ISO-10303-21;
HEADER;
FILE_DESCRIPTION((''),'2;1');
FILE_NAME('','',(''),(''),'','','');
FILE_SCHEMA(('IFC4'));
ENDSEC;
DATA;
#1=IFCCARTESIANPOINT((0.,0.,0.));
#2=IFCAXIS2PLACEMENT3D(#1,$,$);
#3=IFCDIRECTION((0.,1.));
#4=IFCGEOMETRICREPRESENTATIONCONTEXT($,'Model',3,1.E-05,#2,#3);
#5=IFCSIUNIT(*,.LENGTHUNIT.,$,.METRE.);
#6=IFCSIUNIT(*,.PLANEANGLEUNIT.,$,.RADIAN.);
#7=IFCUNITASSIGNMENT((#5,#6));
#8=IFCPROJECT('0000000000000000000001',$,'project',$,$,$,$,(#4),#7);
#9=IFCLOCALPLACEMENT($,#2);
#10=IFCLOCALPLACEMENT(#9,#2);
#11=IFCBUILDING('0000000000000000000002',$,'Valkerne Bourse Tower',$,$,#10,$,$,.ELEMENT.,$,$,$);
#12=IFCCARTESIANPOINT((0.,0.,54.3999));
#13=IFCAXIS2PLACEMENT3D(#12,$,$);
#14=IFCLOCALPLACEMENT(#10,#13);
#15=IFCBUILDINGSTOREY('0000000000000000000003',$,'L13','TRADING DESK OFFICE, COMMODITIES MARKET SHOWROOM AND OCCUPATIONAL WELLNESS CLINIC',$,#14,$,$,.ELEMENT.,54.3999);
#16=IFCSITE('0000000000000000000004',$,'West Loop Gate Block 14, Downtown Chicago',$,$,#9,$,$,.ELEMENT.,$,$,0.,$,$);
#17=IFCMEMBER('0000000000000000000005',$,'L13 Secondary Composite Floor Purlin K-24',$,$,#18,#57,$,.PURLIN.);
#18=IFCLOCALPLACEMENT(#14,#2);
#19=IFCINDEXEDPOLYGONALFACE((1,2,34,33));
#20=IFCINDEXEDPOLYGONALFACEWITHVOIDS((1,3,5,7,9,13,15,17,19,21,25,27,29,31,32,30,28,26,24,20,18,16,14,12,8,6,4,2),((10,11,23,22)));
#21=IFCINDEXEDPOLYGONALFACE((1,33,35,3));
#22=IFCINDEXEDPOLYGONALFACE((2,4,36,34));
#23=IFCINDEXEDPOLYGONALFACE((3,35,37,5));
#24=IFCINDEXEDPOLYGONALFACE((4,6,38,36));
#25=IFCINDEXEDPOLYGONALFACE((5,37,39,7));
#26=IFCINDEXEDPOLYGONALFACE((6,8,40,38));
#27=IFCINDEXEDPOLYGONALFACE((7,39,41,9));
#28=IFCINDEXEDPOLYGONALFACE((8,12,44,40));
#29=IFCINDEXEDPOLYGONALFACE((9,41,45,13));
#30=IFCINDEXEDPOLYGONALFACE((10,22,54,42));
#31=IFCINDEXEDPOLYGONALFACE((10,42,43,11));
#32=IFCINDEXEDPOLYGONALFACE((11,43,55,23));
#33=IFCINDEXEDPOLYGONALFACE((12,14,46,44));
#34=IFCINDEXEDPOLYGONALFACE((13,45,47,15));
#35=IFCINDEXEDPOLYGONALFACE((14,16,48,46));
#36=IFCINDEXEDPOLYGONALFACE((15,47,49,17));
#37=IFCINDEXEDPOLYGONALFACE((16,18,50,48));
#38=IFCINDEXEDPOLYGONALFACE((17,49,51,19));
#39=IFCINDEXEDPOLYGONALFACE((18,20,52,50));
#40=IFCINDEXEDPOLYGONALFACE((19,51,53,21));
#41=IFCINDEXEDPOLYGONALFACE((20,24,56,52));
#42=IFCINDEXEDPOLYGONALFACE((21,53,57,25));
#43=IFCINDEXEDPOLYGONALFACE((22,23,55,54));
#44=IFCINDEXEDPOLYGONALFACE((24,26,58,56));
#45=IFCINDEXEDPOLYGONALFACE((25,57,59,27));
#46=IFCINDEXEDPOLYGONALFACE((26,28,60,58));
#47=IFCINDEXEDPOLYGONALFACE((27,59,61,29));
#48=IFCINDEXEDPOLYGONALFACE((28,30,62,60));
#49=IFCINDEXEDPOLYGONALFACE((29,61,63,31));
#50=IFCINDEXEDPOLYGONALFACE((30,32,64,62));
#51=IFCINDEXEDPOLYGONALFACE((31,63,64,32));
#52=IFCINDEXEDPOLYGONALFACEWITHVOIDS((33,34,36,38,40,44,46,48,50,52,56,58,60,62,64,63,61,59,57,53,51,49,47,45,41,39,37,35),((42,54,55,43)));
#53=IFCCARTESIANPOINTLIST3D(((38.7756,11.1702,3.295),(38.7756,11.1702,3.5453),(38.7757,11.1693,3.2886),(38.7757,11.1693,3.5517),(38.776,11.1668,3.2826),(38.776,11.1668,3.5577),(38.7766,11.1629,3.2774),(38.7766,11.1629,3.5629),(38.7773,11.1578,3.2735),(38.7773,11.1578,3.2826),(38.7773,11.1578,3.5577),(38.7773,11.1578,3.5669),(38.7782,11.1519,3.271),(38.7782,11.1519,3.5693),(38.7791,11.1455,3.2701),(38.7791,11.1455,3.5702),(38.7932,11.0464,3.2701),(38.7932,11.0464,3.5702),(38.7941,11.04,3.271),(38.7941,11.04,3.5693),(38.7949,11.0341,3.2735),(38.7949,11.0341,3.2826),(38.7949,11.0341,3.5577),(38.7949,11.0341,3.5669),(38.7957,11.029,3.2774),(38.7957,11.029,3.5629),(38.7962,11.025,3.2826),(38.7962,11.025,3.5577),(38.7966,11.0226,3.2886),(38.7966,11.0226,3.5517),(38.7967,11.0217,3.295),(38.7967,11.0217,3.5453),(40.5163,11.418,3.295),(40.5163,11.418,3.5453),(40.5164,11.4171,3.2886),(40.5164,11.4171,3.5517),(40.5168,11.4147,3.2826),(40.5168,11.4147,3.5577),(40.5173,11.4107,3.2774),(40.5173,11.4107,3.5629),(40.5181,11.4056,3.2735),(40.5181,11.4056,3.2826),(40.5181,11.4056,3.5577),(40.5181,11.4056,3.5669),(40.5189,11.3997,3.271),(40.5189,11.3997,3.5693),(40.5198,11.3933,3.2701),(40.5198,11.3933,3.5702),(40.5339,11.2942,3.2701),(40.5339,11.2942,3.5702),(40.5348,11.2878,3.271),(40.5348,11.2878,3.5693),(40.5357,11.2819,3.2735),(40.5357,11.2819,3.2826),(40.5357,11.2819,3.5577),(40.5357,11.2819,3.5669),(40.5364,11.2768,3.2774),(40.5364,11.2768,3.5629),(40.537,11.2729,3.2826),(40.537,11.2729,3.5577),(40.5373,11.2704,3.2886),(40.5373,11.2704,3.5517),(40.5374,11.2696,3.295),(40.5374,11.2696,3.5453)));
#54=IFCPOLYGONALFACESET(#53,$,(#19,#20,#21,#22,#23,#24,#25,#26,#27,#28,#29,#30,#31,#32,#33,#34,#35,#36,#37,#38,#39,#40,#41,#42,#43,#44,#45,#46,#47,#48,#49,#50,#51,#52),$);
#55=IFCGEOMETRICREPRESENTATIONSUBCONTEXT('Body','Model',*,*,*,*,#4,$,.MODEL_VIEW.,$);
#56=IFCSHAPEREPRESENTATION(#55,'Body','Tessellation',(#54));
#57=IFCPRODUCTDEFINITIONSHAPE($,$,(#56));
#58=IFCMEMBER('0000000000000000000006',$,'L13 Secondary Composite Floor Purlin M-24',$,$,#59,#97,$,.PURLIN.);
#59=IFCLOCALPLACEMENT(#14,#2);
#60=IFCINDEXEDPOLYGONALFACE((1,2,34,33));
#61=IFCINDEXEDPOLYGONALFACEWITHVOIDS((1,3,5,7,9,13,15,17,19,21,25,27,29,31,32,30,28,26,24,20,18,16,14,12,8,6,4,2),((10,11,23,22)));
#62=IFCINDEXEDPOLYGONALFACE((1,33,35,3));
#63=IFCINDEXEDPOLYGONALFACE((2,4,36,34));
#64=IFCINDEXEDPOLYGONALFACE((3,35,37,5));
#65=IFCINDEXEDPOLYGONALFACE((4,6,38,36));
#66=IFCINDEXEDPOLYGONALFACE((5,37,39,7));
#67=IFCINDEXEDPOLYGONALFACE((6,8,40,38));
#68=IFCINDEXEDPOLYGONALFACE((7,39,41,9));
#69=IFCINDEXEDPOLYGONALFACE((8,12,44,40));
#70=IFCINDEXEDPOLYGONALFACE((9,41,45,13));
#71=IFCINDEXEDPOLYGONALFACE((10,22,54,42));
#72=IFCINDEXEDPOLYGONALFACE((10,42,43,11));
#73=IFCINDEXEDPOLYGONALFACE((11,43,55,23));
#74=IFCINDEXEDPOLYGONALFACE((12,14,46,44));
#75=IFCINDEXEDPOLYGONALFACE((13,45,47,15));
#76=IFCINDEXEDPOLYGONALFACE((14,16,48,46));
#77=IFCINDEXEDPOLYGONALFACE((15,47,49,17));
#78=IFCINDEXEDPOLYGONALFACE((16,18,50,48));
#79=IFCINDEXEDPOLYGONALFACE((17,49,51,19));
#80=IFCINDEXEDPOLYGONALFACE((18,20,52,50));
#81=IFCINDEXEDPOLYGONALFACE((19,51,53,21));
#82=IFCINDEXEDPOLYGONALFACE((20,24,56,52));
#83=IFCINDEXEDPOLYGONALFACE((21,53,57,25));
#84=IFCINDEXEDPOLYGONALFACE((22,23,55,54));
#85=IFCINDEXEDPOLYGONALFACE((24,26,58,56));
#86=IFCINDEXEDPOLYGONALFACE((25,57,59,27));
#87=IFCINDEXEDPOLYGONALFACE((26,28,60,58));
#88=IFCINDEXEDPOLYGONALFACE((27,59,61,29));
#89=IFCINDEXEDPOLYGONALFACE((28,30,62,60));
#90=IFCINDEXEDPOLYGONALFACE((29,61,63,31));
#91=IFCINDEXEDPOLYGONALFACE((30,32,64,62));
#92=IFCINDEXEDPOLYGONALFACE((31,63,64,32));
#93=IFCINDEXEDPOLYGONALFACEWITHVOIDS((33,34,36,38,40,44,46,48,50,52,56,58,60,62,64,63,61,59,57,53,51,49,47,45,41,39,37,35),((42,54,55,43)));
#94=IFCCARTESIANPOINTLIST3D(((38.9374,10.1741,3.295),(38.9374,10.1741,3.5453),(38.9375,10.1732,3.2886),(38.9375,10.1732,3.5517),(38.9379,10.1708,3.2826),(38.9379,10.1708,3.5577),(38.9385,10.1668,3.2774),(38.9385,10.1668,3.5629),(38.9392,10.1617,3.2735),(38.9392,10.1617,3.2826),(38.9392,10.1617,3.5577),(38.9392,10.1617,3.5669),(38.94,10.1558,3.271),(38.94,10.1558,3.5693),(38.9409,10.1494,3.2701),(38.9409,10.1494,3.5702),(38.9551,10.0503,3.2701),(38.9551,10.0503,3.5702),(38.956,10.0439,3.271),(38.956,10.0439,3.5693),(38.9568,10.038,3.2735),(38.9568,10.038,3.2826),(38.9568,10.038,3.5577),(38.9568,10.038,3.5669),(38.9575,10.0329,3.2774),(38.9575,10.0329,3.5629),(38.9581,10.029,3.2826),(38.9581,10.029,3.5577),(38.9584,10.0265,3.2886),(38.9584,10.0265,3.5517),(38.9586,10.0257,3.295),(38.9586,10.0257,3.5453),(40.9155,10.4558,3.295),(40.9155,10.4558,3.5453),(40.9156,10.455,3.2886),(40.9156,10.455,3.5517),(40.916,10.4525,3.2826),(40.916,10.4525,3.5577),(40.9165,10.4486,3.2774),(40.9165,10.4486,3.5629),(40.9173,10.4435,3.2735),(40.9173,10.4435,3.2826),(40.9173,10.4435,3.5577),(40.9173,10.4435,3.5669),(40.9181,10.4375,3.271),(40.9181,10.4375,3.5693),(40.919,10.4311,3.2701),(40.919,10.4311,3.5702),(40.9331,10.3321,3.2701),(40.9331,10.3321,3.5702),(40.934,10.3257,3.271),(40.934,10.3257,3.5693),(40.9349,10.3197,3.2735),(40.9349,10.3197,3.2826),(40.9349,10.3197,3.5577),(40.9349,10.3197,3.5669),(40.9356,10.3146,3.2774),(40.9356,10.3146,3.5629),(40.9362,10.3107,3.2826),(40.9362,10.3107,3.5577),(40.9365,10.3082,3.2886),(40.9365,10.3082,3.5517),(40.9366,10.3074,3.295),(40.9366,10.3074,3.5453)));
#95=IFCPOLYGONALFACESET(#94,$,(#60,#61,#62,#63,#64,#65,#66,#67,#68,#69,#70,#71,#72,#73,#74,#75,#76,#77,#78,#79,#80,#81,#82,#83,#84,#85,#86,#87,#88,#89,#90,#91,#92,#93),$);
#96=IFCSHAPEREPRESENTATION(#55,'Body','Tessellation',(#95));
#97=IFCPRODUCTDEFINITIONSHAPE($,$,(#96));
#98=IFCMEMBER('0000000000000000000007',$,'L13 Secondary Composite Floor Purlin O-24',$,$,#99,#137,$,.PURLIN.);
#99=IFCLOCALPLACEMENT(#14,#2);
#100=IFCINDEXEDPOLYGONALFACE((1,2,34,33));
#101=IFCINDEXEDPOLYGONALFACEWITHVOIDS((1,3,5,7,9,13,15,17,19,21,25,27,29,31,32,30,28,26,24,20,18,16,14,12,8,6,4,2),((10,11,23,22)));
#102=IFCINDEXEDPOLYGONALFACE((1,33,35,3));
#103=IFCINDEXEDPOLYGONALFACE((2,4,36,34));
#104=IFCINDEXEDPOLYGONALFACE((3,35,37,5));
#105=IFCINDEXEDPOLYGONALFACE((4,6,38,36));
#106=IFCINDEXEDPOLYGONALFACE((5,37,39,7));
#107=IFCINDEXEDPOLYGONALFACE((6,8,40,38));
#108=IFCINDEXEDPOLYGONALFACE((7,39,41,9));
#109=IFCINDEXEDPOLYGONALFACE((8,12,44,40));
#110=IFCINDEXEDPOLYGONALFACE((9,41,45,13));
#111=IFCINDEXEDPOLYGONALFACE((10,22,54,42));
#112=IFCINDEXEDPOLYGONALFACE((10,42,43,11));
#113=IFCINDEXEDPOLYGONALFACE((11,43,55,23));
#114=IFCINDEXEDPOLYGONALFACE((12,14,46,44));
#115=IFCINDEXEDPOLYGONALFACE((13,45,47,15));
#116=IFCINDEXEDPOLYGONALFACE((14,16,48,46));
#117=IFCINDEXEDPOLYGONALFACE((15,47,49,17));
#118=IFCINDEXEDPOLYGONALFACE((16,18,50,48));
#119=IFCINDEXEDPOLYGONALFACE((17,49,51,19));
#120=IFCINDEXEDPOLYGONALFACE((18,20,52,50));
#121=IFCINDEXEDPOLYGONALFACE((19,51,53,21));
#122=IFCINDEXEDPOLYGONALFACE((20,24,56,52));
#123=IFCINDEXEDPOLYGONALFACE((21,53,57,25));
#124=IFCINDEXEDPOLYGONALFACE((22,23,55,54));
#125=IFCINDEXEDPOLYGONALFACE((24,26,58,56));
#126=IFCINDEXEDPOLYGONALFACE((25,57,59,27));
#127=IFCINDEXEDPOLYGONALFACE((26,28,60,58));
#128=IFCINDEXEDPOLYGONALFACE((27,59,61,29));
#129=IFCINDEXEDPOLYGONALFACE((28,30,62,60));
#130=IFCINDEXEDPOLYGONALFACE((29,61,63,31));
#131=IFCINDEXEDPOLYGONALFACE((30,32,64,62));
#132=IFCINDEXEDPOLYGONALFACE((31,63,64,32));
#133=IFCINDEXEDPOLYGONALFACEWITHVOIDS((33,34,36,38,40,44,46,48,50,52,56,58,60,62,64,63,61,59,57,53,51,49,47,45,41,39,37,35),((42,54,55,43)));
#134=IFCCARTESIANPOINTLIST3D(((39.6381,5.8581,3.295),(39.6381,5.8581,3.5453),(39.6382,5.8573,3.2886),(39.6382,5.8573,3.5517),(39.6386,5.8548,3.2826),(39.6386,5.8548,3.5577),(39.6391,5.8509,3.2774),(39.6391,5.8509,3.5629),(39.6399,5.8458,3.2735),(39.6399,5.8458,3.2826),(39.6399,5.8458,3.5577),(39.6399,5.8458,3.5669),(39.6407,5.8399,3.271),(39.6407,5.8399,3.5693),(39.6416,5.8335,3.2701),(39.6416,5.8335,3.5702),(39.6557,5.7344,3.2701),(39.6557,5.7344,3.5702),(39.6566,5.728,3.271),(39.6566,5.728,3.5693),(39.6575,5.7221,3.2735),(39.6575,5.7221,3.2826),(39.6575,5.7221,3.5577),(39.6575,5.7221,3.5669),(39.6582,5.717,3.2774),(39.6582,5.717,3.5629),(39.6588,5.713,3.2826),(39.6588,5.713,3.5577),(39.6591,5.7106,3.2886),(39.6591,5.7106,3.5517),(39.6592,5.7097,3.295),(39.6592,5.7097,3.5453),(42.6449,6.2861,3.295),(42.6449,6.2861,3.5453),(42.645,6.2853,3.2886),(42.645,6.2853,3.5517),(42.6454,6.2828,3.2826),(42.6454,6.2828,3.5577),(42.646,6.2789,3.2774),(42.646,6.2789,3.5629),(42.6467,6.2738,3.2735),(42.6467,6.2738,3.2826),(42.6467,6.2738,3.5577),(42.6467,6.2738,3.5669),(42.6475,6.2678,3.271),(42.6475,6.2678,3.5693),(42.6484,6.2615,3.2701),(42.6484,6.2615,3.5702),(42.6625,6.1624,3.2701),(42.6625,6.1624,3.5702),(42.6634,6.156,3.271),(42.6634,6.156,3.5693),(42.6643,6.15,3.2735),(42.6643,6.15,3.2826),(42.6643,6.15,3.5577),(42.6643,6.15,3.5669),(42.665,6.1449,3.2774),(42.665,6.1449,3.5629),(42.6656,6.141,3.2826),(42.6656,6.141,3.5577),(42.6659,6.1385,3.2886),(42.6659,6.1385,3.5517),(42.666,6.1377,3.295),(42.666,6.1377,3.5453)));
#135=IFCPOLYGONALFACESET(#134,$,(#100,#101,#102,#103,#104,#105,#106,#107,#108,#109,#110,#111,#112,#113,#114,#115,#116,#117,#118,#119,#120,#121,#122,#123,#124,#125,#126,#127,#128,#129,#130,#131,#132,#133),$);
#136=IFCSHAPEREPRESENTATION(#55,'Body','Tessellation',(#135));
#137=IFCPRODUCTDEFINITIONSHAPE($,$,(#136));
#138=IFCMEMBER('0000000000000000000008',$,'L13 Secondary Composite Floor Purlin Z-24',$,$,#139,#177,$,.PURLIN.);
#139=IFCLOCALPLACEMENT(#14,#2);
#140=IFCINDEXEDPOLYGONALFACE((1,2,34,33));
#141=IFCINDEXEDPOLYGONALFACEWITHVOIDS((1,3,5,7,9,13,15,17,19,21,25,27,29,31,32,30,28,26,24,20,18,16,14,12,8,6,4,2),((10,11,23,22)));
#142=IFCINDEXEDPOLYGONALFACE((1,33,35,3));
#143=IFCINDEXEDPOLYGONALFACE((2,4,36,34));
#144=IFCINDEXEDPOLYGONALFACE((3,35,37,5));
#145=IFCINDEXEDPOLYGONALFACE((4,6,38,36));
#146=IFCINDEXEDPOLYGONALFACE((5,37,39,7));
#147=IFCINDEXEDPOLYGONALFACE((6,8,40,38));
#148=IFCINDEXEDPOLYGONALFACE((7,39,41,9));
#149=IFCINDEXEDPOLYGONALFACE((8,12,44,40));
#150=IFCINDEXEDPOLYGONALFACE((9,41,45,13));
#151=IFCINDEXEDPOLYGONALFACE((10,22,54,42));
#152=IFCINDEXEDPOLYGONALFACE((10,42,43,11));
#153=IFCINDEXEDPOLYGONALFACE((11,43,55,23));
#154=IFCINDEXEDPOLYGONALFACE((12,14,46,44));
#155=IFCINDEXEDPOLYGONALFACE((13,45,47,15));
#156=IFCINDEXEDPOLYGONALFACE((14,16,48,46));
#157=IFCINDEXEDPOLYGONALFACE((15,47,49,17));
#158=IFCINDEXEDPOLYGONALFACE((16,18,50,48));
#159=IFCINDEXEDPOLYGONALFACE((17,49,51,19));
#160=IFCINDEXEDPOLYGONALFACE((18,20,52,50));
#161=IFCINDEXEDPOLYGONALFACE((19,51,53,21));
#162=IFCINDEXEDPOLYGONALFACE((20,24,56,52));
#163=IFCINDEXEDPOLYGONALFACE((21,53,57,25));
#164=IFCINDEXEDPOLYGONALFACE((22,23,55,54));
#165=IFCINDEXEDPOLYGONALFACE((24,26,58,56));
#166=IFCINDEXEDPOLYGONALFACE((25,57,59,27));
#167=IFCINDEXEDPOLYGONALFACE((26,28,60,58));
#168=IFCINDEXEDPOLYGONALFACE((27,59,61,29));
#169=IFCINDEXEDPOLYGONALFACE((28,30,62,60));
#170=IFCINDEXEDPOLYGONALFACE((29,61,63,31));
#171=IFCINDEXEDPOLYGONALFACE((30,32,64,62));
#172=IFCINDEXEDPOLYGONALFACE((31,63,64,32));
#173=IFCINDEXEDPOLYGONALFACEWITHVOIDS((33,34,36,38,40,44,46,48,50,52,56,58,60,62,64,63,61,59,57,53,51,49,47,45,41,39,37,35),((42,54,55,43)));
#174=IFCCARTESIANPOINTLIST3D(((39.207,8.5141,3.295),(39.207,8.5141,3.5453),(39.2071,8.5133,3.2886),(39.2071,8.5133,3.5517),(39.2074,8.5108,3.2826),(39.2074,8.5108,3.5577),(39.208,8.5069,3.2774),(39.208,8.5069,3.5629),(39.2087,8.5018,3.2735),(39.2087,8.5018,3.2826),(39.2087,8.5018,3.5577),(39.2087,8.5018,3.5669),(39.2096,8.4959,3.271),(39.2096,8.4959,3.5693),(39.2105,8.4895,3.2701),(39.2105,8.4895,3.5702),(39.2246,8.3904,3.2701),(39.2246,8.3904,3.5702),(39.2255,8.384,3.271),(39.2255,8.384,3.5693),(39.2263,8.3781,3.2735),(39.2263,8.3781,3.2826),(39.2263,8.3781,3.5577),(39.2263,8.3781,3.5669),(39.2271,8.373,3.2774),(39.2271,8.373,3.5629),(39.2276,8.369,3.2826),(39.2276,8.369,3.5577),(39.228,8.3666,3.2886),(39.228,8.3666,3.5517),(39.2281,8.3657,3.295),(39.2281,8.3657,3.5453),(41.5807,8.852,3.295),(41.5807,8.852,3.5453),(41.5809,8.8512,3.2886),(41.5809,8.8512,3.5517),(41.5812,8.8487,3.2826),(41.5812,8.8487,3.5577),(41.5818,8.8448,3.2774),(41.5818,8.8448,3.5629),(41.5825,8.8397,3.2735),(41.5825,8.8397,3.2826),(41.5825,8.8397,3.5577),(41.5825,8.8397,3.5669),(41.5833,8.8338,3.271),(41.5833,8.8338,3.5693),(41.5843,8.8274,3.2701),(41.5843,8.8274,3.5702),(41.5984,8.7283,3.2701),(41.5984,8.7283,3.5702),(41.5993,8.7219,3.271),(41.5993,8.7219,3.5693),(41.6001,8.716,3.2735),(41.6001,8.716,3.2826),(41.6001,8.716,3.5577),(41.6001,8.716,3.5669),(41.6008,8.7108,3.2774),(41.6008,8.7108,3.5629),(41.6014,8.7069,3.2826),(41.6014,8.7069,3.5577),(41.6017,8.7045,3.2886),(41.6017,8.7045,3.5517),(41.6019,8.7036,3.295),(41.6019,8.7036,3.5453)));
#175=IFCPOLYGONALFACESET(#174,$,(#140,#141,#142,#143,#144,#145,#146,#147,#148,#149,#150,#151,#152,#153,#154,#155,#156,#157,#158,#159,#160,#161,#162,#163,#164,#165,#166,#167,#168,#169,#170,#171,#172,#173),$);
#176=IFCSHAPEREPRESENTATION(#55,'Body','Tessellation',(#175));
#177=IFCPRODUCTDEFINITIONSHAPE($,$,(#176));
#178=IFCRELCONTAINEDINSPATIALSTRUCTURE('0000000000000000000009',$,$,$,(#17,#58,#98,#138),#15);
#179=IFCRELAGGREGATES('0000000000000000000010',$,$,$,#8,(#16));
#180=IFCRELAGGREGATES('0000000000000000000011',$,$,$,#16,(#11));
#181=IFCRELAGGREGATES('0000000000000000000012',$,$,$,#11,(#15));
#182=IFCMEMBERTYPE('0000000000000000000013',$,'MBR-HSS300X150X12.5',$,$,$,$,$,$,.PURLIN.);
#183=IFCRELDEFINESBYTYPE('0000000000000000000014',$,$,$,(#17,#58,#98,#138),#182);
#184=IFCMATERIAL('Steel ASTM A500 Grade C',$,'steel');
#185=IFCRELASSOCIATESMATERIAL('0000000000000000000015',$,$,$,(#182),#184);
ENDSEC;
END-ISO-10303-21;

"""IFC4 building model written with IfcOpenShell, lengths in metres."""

from ifc_helpers import new_model, si_unit, direction, frame, origin, origin_2d, place, context, subcontext, project, spatial, hollow_rectangle, extrude, material, material_profile, profile_set, type_object, element, save


model = new_model("IFC4")

# Units and contexts
model_context = context("Model", 3, precision=1e-05, world=origin(), true_north=direction((0.0, 1.0)))
body_context = subcontext(model_context, "Body", "Model", "MODEL_VIEW")
ifc_project = project(units=[si_unit("LENGTHUNIT", "METRE"), si_unit("PLANEANGLEUNIT", "RADIAN")], contexts=[model_context])

# Site, building, storey
site_placement = place(None, origin())
site = spatial("IfcSite", under=ifc_project, at=site_placement, Name="West Loop Gate Block 14, Downtown Chicago", CompositionType="ELEMENT", RefElevation=0.0)
building_placement = place(site_placement, origin())
building = spatial("IfcBuilding", under=site, at=building_placement, Name="Valkerne Bourse Tower", CompositionType="ELEMENT")
storey_placement = place(building_placement, frame((0.0, 0.0, 54.3999)))
storey = spatial("IfcBuildingStorey", under=building, at=storey_placement, Name="L13", Description="TRADING DESK OFFICE, COMMODITIES MARKET SHOWROOM AND OCCUPATIONAL WELLNESS CLINIC", CompositionType="ELEMENT", Elevation=54.3999)

# Members
ifc_material_1 = material(Name="Steel ASTM A500 Grade C", Category="steel")
ifc_material_profile_1 = material_profile(ifc_material_1, hollow_rectangle(XDim=0.1499, YDim=0.3, WallThickness=0.0125, OuterFilletRadius=0.0249, at=origin_2d()), Name="HSS300X150X12.5")
ifc_profile_set_1 = profile_set([ifc_material_profile_1], Name="Steel ASTM A500 Grade C")
member_type_1 = type_object("IfcMemberType", Name="MBR-HSS300X150X12.5", PredefinedType="PURLIN", material=ifc_profile_set_1)
member_1_placement = place(storey_placement, frame((38.7861, 11.0959, 3.4202), z_axis=(0.990019, 0.140935, 0.0), x_axis=(-0.140935, 0.990019, 0.0)))
element("IfcMember", 1, at=member_1_placement, inside=storey, type_object=member_type_1, Name="L13 Secondary Composite Floor Purlin K-24", PredefinedType="PURLIN", context=body_context, shape_type="SweptSolid", body=[
    extrude(hollow_rectangle(XDim=0.1499, YDim=0.3, WallThickness=0.0125, OuterFilletRadius=0.0249, at=origin_2d()), origin(), (0.0, 0.0, 1.0), 1.7583),
])
member_2_placement = place(storey_placement, frame((38.948, 10.0999, 3.4202), z_axis=(0.990008, 0.141011, 0.0), x_axis=(-0.141011, 0.990008, 0.0)))
element("IfcMember", 2, at=member_2_placement, inside=storey, type_object=member_type_1, Name="L13 Secondary Composite Floor Purlin M-24", PredefinedType="PURLIN", context=body_context, shape_type="SweptSolid", body=[
    extrude(hollow_rectangle(XDim=0.1499, YDim=0.3, WallThickness=0.0125, OuterFilletRadius=0.0249, at=origin_2d()), origin(), (0.0, 0.0, 1.0), 1.998),
])
member_3_placement = place(storey_placement, frame((39.6487, 5.7839, 3.4202), z_axis=(0.990022, 0.140915, 0.0), x_axis=(-0.140915, 0.990022, 0.0)))
element("IfcMember", 3, at=member_3_placement, inside=storey, type_object=member_type_1, Name="L13 Secondary Composite Floor Purlin O-24", PredefinedType="PURLIN", context=body_context, shape_type="SweptSolid", body=[
    extrude(hollow_rectangle(XDim=0.1499, YDim=0.3, WallThickness=0.0125, OuterFilletRadius=0.0249, at=origin_2d()), origin(), (0.0, 0.0, 1.0), 3.0371),
])
member_4_placement = place(storey_placement, frame((39.2175, 8.4399, 3.4202), z_axis=(0.990021, 0.140922, 0.0), x_axis=(-0.140922, 0.990021, 0.0)))
element("IfcMember", 4, at=member_4_placement, inside=storey, type_object=member_type_1, Name="L13 Secondary Composite Floor Purlin Z-24", PredefinedType="PURLIN", context=body_context, shape_type="SweptSolid", body=[
    extrude(hollow_rectangle(XDim=0.1499, YDim=0.3, WallThickness=0.0125, OuterFilletRadius=0.0249, at=origin_2d()), origin(), (0.0, 0.0, 1.0), 2.3977),
])

save(model, "model.ifc")
